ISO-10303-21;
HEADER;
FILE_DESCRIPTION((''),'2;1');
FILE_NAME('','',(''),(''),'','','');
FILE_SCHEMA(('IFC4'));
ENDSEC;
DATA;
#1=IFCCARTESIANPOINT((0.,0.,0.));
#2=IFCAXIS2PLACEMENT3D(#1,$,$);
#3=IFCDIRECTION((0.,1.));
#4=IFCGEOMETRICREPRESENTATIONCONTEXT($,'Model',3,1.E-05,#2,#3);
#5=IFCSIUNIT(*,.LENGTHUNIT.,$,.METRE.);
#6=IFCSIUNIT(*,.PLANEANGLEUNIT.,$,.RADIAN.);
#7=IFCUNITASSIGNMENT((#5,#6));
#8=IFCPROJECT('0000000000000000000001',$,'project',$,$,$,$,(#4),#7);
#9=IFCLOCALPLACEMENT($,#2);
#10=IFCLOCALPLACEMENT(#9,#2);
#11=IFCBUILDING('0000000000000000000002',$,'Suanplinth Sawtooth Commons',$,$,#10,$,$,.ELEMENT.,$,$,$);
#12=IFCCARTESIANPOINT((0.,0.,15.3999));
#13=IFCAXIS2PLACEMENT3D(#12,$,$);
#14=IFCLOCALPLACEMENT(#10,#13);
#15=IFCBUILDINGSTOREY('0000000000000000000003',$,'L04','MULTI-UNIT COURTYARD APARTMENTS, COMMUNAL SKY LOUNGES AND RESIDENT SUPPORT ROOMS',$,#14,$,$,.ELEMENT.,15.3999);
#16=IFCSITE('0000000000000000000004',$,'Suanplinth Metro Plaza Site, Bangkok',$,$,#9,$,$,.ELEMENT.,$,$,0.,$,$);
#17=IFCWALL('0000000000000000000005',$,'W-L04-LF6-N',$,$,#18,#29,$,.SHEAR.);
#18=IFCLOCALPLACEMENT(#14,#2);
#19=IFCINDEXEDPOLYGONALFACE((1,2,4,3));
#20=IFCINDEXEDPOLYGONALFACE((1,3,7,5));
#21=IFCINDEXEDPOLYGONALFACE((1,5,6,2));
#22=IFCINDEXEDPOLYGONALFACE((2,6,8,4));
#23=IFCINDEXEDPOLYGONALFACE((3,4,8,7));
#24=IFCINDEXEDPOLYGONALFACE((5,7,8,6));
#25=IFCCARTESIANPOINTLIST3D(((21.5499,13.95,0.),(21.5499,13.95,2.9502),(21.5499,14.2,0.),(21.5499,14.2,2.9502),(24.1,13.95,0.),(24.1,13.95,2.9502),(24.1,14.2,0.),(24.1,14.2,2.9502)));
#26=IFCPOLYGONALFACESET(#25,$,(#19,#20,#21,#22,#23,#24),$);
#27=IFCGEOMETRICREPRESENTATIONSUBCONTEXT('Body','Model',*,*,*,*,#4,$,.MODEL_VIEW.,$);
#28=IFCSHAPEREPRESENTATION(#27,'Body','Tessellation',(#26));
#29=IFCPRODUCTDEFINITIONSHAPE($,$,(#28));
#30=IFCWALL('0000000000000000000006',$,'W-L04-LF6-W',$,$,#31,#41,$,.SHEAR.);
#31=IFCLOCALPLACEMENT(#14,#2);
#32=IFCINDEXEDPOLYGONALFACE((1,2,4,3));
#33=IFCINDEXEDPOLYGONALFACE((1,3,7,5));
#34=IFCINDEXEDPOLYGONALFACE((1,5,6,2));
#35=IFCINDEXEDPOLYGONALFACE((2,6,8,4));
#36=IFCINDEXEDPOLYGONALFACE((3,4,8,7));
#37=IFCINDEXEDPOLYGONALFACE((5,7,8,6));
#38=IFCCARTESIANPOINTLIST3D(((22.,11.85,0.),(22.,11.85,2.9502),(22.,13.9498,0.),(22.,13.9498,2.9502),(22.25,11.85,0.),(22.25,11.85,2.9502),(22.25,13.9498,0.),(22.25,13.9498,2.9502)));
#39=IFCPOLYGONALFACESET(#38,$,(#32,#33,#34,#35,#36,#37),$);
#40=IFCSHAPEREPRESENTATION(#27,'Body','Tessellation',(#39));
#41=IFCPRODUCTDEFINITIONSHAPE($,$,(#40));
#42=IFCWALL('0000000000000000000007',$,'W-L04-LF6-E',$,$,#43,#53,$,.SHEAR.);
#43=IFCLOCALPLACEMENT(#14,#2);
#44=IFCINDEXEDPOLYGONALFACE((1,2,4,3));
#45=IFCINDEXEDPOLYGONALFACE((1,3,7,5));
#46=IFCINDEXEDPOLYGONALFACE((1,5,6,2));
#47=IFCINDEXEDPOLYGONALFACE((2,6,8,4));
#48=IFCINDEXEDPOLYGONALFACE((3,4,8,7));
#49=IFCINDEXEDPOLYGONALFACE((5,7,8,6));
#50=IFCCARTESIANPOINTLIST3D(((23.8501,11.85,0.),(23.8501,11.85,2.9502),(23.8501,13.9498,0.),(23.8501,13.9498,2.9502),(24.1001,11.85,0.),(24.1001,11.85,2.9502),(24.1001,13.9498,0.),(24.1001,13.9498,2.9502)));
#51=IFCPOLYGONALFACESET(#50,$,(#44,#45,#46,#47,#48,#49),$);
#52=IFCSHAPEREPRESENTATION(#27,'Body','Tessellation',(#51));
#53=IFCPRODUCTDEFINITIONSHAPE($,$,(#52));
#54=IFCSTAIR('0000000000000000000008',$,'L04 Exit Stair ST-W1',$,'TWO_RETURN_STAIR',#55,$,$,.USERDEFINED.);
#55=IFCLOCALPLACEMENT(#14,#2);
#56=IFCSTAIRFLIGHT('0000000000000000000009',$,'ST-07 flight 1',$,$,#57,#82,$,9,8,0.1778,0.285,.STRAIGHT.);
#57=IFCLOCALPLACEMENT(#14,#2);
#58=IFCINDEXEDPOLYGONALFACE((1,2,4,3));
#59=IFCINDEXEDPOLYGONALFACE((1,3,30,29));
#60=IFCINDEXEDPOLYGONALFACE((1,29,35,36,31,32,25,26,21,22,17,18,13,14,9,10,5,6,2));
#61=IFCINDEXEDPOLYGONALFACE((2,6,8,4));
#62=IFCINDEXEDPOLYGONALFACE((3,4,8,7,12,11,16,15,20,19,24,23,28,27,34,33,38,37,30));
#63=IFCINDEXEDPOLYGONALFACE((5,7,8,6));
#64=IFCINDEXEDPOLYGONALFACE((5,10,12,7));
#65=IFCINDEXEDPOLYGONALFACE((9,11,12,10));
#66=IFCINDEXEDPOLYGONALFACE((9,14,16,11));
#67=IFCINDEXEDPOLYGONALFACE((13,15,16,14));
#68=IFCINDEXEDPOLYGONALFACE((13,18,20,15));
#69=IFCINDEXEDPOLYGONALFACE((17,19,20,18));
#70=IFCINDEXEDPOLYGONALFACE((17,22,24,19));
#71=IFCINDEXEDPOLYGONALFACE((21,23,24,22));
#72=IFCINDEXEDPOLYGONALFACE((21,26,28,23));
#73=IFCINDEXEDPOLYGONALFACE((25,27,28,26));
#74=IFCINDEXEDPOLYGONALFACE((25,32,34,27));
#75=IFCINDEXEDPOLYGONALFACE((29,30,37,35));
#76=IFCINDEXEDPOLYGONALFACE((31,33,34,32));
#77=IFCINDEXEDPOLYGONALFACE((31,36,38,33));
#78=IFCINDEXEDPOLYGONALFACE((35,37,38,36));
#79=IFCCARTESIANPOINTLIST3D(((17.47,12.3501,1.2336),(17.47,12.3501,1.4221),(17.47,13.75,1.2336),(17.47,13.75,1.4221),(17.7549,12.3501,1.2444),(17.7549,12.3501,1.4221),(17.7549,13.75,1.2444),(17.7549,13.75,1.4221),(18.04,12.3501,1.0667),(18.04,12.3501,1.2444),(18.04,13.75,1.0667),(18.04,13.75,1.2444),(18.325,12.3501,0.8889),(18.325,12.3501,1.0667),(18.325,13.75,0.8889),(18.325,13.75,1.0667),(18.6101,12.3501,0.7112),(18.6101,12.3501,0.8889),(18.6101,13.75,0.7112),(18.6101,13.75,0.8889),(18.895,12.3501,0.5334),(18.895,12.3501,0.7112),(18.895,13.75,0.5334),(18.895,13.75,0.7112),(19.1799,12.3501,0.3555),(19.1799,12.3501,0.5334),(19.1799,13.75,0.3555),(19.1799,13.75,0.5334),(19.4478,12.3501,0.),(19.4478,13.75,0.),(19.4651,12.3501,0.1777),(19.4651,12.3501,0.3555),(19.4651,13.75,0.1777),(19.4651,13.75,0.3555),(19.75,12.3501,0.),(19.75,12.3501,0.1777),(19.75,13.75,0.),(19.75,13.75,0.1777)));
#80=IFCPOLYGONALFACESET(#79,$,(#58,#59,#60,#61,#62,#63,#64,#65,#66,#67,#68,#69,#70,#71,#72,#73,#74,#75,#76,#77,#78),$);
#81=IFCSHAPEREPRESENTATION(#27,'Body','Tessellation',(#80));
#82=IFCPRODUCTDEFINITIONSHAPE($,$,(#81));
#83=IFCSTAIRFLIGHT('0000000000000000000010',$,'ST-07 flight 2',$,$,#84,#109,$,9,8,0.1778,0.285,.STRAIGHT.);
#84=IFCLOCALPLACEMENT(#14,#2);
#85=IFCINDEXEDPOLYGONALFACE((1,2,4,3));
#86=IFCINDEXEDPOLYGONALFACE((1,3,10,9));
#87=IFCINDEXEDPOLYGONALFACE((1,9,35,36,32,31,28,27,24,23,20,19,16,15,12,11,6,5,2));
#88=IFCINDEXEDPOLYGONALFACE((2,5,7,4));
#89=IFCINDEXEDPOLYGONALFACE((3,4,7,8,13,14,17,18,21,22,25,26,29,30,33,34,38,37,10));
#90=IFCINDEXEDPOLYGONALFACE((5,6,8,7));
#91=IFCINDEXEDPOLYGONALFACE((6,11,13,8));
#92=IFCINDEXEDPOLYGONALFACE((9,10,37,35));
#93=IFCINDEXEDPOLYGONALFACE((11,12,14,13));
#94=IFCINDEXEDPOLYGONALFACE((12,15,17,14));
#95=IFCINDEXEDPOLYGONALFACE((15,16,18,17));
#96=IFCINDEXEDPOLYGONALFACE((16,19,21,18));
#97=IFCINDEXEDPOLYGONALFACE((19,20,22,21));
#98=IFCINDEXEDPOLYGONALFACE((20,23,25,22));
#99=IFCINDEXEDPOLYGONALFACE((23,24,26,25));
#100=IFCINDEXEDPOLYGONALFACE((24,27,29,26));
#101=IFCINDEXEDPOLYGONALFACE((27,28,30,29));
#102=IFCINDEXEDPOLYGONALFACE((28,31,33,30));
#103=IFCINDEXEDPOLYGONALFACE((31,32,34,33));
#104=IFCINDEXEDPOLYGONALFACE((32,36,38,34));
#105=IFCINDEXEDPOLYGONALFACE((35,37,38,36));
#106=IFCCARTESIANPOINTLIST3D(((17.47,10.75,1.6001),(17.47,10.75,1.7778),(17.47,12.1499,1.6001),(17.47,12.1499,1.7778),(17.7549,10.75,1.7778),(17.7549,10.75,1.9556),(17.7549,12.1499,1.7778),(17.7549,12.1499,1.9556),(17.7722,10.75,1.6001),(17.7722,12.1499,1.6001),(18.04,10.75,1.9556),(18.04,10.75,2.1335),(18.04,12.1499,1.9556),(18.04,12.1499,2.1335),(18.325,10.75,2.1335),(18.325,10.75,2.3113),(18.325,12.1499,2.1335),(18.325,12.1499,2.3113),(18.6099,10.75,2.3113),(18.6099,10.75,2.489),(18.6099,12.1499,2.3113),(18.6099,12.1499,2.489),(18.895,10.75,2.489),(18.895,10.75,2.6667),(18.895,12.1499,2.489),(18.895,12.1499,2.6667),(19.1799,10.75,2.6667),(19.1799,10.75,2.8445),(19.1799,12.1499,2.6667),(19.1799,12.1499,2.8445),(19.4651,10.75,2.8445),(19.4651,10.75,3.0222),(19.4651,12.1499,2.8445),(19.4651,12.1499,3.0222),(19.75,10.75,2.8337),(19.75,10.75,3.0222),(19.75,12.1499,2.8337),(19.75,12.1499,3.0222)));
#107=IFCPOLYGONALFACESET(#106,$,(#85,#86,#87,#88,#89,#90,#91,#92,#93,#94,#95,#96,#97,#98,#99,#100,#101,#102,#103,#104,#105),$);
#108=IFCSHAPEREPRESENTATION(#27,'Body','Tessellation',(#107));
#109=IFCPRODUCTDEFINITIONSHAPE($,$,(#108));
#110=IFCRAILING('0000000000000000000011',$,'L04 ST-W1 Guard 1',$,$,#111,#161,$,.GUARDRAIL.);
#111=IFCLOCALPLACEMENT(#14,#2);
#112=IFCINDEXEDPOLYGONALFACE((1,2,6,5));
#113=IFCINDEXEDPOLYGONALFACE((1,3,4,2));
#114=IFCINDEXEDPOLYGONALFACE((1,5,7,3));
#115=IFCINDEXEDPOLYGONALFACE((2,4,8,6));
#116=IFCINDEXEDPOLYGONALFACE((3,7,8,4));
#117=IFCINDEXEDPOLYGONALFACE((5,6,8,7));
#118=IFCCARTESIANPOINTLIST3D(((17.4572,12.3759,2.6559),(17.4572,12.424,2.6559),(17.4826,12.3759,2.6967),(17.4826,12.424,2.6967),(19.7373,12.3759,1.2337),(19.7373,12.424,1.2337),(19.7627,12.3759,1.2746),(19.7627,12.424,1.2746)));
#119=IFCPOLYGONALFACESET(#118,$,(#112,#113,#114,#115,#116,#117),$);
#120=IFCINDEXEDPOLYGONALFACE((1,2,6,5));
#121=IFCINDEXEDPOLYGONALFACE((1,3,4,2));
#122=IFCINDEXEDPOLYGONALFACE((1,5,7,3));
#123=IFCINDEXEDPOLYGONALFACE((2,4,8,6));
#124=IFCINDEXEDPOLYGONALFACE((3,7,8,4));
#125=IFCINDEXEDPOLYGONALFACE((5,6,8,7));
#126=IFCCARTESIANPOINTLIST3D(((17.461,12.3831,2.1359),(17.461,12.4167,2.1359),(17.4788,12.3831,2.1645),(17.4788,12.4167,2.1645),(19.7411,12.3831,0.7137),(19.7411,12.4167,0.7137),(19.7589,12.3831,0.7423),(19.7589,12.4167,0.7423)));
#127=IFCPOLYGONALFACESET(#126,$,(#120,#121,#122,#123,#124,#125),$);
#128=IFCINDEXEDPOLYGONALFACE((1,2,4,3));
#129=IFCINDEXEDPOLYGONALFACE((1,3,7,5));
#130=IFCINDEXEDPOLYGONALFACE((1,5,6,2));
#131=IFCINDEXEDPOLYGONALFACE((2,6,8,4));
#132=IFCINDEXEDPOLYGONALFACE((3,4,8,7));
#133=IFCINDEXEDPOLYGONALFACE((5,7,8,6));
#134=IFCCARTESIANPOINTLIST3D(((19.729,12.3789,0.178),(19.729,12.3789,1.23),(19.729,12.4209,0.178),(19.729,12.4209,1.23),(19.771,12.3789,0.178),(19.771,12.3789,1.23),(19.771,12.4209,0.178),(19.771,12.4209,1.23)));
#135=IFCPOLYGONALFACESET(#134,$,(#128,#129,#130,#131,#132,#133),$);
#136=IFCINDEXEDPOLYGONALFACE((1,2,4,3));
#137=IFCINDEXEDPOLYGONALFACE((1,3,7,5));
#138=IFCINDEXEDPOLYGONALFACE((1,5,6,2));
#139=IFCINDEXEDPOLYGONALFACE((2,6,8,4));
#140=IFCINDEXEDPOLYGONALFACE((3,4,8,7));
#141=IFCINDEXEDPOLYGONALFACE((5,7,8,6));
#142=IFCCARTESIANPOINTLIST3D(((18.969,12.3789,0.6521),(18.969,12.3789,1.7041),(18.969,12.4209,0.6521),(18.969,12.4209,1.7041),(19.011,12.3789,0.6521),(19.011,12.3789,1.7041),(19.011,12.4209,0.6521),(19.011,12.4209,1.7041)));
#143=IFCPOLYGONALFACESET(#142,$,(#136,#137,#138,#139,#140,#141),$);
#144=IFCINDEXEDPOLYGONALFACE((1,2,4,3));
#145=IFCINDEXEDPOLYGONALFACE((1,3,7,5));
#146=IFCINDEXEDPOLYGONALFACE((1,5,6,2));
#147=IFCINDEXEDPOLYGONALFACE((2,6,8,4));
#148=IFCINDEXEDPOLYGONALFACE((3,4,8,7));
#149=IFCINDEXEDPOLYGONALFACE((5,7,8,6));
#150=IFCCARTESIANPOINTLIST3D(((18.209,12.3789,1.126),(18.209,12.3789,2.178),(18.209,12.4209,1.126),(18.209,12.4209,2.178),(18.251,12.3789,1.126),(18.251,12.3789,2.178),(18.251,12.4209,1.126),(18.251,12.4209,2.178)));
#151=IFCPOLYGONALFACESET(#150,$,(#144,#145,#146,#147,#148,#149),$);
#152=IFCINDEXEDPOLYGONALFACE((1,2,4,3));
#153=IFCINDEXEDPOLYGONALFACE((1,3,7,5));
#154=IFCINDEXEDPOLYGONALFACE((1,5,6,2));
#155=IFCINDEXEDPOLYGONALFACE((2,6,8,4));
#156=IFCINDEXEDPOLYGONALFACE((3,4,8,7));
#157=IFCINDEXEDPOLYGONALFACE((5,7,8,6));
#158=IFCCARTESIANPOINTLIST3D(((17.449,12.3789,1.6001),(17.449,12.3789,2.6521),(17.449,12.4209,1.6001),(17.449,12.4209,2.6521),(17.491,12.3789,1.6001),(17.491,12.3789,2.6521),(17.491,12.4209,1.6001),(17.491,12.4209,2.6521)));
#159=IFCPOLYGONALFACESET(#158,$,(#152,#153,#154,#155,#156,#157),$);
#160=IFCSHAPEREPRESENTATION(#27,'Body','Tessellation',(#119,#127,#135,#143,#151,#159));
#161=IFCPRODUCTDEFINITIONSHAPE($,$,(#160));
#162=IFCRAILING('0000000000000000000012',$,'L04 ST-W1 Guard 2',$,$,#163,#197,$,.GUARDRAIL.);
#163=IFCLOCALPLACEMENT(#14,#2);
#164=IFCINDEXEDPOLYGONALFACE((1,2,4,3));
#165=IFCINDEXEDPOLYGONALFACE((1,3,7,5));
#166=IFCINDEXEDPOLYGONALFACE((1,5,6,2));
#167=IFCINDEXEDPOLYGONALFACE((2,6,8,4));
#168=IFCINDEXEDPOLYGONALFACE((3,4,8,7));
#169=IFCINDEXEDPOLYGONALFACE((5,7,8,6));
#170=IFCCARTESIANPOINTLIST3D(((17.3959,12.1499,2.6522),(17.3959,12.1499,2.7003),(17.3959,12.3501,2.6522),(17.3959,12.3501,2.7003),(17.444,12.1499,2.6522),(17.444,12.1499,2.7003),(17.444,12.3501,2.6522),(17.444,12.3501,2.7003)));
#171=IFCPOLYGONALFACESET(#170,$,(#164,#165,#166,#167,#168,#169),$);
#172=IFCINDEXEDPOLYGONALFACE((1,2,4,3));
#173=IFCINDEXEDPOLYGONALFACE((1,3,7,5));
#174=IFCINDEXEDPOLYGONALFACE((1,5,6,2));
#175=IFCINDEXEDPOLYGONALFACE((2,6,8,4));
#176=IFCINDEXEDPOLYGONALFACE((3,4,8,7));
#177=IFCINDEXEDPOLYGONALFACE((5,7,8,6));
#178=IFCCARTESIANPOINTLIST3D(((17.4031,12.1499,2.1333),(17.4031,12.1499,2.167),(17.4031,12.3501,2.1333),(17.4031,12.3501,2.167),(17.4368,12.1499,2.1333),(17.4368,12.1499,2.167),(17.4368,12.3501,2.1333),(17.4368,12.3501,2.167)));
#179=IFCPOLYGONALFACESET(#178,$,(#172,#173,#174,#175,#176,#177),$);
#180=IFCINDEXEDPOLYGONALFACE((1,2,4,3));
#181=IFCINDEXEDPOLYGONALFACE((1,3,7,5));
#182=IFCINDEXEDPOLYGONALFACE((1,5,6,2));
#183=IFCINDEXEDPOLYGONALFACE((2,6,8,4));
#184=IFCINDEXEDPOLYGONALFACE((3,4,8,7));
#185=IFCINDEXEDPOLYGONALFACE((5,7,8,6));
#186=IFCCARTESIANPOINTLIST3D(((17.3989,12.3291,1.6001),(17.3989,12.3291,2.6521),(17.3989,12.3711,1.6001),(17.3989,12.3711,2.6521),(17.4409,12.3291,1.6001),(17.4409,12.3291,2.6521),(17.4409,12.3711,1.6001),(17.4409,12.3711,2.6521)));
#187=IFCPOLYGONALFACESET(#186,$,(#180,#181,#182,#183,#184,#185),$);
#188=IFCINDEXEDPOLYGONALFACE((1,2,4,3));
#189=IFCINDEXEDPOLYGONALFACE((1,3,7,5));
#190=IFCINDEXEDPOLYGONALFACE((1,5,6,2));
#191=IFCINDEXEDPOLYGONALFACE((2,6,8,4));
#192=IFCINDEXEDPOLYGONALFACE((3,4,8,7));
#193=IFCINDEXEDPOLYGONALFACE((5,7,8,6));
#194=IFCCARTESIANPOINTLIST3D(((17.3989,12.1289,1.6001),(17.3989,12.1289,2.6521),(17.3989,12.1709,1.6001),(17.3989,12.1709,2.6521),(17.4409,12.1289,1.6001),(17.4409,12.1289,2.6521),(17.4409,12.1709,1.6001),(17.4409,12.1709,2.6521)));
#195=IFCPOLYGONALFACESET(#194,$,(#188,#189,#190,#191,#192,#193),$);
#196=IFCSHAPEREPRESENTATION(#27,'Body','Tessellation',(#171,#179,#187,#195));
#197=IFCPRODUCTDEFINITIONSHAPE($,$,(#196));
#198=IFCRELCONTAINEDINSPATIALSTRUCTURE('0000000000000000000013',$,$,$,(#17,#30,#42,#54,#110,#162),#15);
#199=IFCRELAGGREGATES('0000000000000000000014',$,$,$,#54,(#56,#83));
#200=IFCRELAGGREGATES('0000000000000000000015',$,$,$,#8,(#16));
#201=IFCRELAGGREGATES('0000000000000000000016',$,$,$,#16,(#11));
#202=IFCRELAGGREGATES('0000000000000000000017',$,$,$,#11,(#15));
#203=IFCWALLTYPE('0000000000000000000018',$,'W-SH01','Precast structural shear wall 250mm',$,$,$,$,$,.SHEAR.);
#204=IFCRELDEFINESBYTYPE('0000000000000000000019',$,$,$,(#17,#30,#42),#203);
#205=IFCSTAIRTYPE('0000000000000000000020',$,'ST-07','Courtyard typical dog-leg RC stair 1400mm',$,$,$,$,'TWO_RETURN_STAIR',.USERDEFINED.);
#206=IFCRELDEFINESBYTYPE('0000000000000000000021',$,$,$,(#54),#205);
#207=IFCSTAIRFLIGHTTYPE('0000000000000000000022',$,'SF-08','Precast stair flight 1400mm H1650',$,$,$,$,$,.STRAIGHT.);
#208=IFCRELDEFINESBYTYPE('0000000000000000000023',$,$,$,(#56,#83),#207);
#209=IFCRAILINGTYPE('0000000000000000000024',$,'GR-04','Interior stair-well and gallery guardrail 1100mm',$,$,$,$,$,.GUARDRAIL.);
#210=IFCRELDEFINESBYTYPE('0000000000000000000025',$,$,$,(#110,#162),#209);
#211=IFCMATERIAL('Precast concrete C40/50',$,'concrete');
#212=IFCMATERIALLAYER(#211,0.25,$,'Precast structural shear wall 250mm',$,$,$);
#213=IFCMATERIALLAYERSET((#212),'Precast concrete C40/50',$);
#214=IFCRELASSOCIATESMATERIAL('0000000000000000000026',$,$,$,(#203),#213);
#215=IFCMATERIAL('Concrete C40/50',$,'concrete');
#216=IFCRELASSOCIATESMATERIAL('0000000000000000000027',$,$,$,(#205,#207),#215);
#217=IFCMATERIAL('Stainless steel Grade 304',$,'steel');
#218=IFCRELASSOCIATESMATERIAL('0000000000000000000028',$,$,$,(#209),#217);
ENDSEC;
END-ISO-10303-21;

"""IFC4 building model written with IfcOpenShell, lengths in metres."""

from ifc_helpers import new_model, si_unit, direction, frame, frame_2d, origin, origin_2d, place, context, subcontext, project, spatial, polyline, rectangle, outline, extrude, material, layer, layer_set, type_object, element, aggregate, save


model = new_model("IFC4")

# Units and contexts
model_context = context("Model", 3, precision=1e-05, world=origin(), true_north=direction((0.0, 1.0)))
body_context = subcontext(model_context, "Body", "Model", "MODEL_VIEW")
ifc_project = project(units=[si_unit("LENGTHUNIT", "METRE"), si_unit("PLANEANGLEUNIT", "RADIAN")], contexts=[model_context])

# Site, building, storey
site_placement = place(None, origin())
site = spatial("IfcSite", under=ifc_project, at=site_placement, Name="Suanplinth Metro Plaza Site, Bangkok", CompositionType="ELEMENT", RefElevation=0.0)
building_placement = place(site_placement, origin())
building = spatial("IfcBuilding", under=site, at=building_placement, Name="Suanplinth Sawtooth Commons", CompositionType="ELEMENT")
storey_placement = place(building_placement, frame((0.0, 0.0, 15.3999)))
storey = spatial("IfcBuildingStorey", under=building, at=storey_placement, Name="L04", Description="MULTI-UNIT COURTYARD APARTMENTS, COMMUNAL SKY LOUNGES AND RESIDENT SUPPORT ROOMS", CompositionType="ELEMENT", Elevation=15.3999)

# Shared definitions
ifc_material_1 = material(Name="Precast concrete C40/50", Category="concrete")

# Shared definitions
ifc_layer_1 = layer(ifc_material_1, 0.25, Name="Precast structural shear wall 250mm")
ifc_layer_set_1 = layer_set([ifc_layer_1], Name="Precast concrete C40/50")
wall_type_1 = type_object("IfcWallType", Name="W-SH01", Description="Precast structural shear wall 250mm", PredefinedType="SHEAR", material=ifc_layer_set_1)
ifc_material_2 = material(Name="Stainless steel Grade 304", Category="steel")

# Walls
wall_1_placement = place(storey_placement, frame((21.55, 14.075, 0.0), z_axis=(0.0, 0.0, 1.0), x_axis=(1.0, 0.0, 0.0)))
element("IfcWall", 1, at=wall_1_placement, inside=storey, type_object=wall_type_1, Name="W-L04-LF6-N", PredefinedType="SHEAR", context=body_context, shape_type="SweptSolid", body=[
    extrude(rectangle(XDim=2.55, YDim=0.25, at=frame_2d((1.2749, 0.0))), origin(), (0.0, 0.0, 1.0), 2.9502),
])
for number, where, z_axis, x_axis, name in (
    (2, (22.125, 11.8501, 0.0), (0.0, 0.0, 1.0), (0.0, 1.0, 0.0), "W-L04-LF6-W"),
    (3, (23.9751, 11.8501, 0.0), (0.0, 0.0, 1.0), (0.0, 1.0, 0.0), "W-L04-LF6-E"),
):
    element("IfcWall", number, at=place(storey_placement, frame(where, z_axis=z_axis, x_axis=x_axis)), inside=storey, type_object=wall_type_1, Name=name, PredefinedType="SHEAR", context=body_context, shape_type="SweptSolid", body=[
        extrude(rectangle(XDim=2.0999, YDim=0.25, at=frame_2d((1.0498, 0.0))), origin(), (0.0, 0.0, 1.0), 2.9502),
    ])

# Stair, stair flights
ifc_material_3 = material(Name="Concrete C40/50", Category="concrete")
stair_type = type_object("IfcStairType", Name="ST-07", Description="Courtyard typical dog-leg RC stair 1400mm", ElementType="TWO_RETURN_STAIR", PredefinedType="USERDEFINED", material=ifc_material_3)
stair_placement = place(storey_placement, origin())
stair = element("IfcStair", 4, at=stair_placement, inside=storey, type_object=stair_type, Name="L04 Exit Stair ST-W1", ObjectType="TWO_RETURN_STAIR", PredefinedType="USERDEFINED")
stair_flight_type = type_object("IfcStairFlightType", Name="SF-08", Description="Precast stair flight 1400mm H1650", PredefinedType="STRAIGHT", material=ifc_material_3)
stair_flight_1_placement = place(storey_placement, frame((19.75, 13.05, 0.0), z_axis=(0.0, 0.0, 1.0), x_axis=(-1.0, 0.0, 0.0)))
stair_flight_1 = element("IfcStairFlight", 5, at=stair_flight_1_placement, type_object=stair_flight_type, Name="ST-07 flight 1", NumberOfRisers=9, NumberOfTreads=8, PredefinedType="STRAIGHT", RiserHeight=0.1778, TreadLength=0.285, context=body_context, shape_type="SweptSolid", body=[
    extrude(outline(polyline([(0.0, 0.0), (0.0, 0.1777), (0.2849, 0.1777), (0.2849, 0.3555), (0.5701, 0.3555), (0.5701, 0.5334), (0.855, 0.5334), (0.855, 0.7112), (1.1399, 0.7112), (1.1399, 0.8889), (1.425, 0.8889), (1.425, 1.0667), (1.71, 1.0667), (1.71, 1.2444), (1.9951, 1.2444), (1.9951, 1.4221), (2.28, 1.4221), (2.28, 1.6001), (2.28, 1.2336), (0.3022, 0.0), (0.0, 0.0)])), frame((0.0, 0.7, 0.0), z_axis=(0.0, -1.0, 0.0), x_axis=(1.0, 0.0, 0.0)), (0.0, 0.0, 1.0), 1.3999),
])
stair_flight_2_placement = place(storey_placement, frame((17.47, 11.45, 1.6001), z_axis=(0.0, 0.0, 1.0), x_axis=(1.0, 0.0, 0.0)))
stair_flight_2 = element("IfcStairFlight", 6, at=stair_flight_2_placement, type_object=stair_flight_type, Name="ST-07 flight 2", NumberOfRisers=9, NumberOfTreads=8, PredefinedType="STRAIGHT", RiserHeight=0.1778, TreadLength=0.285, context=body_context, shape_type="SweptSolid", body=[
    extrude(outline(polyline([(0.0, 0.0), (0.0, 0.1777), (0.2849, 0.1777), (0.2849, 0.3555), (0.5701, 0.3555), (0.5701, 0.5334), (0.855, 0.5334), (0.855, 0.7112), (1.1399, 0.7112), (1.1399, 0.8889), (1.425, 0.8889), (1.425, 1.0667), (1.71, 1.0667), (1.71, 1.2444), (1.9951, 1.2444), (1.9951, 1.4221), (2.28, 1.4221), (2.28, 1.6001), (2.28, 1.2336), (0.3022, 0.0), (0.0, 0.0)])), frame((0.0, 0.7, 0.0), z_axis=(0.0, -1.0, 0.0), x_axis=(1.0, 0.0, 0.0)), (0.0, 0.0, 1.0), 1.3999),
])
aggregate(stair, [stair_flight_1, stair_flight_2])

# Railings
railing_type_1 = type_object("IfcRailingType", Name="GR-04", Description="Interior stair-well and gallery guardrail 1100mm", PredefinedType="GUARDRAIL", material=ifc_material_2)
railing_1_placement = place(storey_placement, frame((19.75, 12.3999, 0.178)))
element("IfcRailing", 7, at=railing_1_placement, inside=storey, type_object=railing_type_1, Name="L04 ST-W1 Guard 1", PredefinedType="GUARDRAIL", context=body_context, shape_type="SweptSolid", body=[
    extrude(rectangle(XDim=0.0481, YDim=0.0481, at=origin_2d()), frame((0.0, 0.0, 1.0762), z_axis=(-0.848483, 0.0, 0.529223), x_axis=(0.0, -1.0, 0.0)), (0.0, 0.0, 1.0), 2.6873),
    extrude(rectangle(XDim=0.0337, YDim=0.0337, at=origin_2d()), frame((0.0, 0.0, 0.55), z_axis=(-0.848483, 0.0, 0.529223), x_axis=(0.0, -1.0, 0.0)), (0.0, 0.0, 1.0), 2.6873),
    extrude(rectangle(XDim=0.042, YDim=0.042, at=origin_2d()), origin(), (0.0, 0.0, 1.0), 1.052),
    extrude(rectangle(XDim=0.042, YDim=0.042, at=origin_2d()), frame((-0.76, 0.0, 0.4741)), (0.0, 0.0, 1.0), 1.052),
    extrude(rectangle(XDim=0.042, YDim=0.042, at=origin_2d()), frame((-1.52, 0.0, 0.948)), (0.0, 0.0, 1.0), 1.052),
    extrude(rectangle(XDim=0.042, YDim=0.042, at=origin_2d()), frame((-2.28, 0.0, 1.4221)), (0.0, 0.0, 1.0), 1.052),
])
railing_2_placement = place(storey_placement, frame((17.4199, 12.3501, 1.6001)))
element("IfcRailing", 8, at=railing_2_placement, inside=storey, type_object=railing_type_1, Name="L04 ST-W1 Guard 2", PredefinedType="GUARDRAIL", context=body_context, shape_type="SweptSolid", body=[
    extrude(rectangle(XDim=0.0481, YDim=0.0481, at=origin_2d()), frame((0.0, 0.0, 1.0762), z_axis=(0.0, -1.0, 0.0), x_axis=(1.0, 0.0, 0.0)), (0.0, 0.0, 1.0), 0.2002),
    extrude(rectangle(XDim=0.0337, YDim=0.0337, at=origin_2d()), frame((0.0, 0.0, 0.55), z_axis=(0.0, -1.0, 0.0), x_axis=(1.0, 0.0, 0.0)), (0.0, 0.0, 1.0), 0.2002),
    extrude(rectangle(XDim=0.042, YDim=0.042, at=origin_2d()), origin(), (0.0, 0.0, 1.0), 1.052),
    extrude(rectangle(XDim=0.042, YDim=0.042, at=origin_2d()), frame((0.0, -0.2002, 0.0)), (0.0, 0.0, 1.0), 1.052),
])

save(model, "model.ifc")
